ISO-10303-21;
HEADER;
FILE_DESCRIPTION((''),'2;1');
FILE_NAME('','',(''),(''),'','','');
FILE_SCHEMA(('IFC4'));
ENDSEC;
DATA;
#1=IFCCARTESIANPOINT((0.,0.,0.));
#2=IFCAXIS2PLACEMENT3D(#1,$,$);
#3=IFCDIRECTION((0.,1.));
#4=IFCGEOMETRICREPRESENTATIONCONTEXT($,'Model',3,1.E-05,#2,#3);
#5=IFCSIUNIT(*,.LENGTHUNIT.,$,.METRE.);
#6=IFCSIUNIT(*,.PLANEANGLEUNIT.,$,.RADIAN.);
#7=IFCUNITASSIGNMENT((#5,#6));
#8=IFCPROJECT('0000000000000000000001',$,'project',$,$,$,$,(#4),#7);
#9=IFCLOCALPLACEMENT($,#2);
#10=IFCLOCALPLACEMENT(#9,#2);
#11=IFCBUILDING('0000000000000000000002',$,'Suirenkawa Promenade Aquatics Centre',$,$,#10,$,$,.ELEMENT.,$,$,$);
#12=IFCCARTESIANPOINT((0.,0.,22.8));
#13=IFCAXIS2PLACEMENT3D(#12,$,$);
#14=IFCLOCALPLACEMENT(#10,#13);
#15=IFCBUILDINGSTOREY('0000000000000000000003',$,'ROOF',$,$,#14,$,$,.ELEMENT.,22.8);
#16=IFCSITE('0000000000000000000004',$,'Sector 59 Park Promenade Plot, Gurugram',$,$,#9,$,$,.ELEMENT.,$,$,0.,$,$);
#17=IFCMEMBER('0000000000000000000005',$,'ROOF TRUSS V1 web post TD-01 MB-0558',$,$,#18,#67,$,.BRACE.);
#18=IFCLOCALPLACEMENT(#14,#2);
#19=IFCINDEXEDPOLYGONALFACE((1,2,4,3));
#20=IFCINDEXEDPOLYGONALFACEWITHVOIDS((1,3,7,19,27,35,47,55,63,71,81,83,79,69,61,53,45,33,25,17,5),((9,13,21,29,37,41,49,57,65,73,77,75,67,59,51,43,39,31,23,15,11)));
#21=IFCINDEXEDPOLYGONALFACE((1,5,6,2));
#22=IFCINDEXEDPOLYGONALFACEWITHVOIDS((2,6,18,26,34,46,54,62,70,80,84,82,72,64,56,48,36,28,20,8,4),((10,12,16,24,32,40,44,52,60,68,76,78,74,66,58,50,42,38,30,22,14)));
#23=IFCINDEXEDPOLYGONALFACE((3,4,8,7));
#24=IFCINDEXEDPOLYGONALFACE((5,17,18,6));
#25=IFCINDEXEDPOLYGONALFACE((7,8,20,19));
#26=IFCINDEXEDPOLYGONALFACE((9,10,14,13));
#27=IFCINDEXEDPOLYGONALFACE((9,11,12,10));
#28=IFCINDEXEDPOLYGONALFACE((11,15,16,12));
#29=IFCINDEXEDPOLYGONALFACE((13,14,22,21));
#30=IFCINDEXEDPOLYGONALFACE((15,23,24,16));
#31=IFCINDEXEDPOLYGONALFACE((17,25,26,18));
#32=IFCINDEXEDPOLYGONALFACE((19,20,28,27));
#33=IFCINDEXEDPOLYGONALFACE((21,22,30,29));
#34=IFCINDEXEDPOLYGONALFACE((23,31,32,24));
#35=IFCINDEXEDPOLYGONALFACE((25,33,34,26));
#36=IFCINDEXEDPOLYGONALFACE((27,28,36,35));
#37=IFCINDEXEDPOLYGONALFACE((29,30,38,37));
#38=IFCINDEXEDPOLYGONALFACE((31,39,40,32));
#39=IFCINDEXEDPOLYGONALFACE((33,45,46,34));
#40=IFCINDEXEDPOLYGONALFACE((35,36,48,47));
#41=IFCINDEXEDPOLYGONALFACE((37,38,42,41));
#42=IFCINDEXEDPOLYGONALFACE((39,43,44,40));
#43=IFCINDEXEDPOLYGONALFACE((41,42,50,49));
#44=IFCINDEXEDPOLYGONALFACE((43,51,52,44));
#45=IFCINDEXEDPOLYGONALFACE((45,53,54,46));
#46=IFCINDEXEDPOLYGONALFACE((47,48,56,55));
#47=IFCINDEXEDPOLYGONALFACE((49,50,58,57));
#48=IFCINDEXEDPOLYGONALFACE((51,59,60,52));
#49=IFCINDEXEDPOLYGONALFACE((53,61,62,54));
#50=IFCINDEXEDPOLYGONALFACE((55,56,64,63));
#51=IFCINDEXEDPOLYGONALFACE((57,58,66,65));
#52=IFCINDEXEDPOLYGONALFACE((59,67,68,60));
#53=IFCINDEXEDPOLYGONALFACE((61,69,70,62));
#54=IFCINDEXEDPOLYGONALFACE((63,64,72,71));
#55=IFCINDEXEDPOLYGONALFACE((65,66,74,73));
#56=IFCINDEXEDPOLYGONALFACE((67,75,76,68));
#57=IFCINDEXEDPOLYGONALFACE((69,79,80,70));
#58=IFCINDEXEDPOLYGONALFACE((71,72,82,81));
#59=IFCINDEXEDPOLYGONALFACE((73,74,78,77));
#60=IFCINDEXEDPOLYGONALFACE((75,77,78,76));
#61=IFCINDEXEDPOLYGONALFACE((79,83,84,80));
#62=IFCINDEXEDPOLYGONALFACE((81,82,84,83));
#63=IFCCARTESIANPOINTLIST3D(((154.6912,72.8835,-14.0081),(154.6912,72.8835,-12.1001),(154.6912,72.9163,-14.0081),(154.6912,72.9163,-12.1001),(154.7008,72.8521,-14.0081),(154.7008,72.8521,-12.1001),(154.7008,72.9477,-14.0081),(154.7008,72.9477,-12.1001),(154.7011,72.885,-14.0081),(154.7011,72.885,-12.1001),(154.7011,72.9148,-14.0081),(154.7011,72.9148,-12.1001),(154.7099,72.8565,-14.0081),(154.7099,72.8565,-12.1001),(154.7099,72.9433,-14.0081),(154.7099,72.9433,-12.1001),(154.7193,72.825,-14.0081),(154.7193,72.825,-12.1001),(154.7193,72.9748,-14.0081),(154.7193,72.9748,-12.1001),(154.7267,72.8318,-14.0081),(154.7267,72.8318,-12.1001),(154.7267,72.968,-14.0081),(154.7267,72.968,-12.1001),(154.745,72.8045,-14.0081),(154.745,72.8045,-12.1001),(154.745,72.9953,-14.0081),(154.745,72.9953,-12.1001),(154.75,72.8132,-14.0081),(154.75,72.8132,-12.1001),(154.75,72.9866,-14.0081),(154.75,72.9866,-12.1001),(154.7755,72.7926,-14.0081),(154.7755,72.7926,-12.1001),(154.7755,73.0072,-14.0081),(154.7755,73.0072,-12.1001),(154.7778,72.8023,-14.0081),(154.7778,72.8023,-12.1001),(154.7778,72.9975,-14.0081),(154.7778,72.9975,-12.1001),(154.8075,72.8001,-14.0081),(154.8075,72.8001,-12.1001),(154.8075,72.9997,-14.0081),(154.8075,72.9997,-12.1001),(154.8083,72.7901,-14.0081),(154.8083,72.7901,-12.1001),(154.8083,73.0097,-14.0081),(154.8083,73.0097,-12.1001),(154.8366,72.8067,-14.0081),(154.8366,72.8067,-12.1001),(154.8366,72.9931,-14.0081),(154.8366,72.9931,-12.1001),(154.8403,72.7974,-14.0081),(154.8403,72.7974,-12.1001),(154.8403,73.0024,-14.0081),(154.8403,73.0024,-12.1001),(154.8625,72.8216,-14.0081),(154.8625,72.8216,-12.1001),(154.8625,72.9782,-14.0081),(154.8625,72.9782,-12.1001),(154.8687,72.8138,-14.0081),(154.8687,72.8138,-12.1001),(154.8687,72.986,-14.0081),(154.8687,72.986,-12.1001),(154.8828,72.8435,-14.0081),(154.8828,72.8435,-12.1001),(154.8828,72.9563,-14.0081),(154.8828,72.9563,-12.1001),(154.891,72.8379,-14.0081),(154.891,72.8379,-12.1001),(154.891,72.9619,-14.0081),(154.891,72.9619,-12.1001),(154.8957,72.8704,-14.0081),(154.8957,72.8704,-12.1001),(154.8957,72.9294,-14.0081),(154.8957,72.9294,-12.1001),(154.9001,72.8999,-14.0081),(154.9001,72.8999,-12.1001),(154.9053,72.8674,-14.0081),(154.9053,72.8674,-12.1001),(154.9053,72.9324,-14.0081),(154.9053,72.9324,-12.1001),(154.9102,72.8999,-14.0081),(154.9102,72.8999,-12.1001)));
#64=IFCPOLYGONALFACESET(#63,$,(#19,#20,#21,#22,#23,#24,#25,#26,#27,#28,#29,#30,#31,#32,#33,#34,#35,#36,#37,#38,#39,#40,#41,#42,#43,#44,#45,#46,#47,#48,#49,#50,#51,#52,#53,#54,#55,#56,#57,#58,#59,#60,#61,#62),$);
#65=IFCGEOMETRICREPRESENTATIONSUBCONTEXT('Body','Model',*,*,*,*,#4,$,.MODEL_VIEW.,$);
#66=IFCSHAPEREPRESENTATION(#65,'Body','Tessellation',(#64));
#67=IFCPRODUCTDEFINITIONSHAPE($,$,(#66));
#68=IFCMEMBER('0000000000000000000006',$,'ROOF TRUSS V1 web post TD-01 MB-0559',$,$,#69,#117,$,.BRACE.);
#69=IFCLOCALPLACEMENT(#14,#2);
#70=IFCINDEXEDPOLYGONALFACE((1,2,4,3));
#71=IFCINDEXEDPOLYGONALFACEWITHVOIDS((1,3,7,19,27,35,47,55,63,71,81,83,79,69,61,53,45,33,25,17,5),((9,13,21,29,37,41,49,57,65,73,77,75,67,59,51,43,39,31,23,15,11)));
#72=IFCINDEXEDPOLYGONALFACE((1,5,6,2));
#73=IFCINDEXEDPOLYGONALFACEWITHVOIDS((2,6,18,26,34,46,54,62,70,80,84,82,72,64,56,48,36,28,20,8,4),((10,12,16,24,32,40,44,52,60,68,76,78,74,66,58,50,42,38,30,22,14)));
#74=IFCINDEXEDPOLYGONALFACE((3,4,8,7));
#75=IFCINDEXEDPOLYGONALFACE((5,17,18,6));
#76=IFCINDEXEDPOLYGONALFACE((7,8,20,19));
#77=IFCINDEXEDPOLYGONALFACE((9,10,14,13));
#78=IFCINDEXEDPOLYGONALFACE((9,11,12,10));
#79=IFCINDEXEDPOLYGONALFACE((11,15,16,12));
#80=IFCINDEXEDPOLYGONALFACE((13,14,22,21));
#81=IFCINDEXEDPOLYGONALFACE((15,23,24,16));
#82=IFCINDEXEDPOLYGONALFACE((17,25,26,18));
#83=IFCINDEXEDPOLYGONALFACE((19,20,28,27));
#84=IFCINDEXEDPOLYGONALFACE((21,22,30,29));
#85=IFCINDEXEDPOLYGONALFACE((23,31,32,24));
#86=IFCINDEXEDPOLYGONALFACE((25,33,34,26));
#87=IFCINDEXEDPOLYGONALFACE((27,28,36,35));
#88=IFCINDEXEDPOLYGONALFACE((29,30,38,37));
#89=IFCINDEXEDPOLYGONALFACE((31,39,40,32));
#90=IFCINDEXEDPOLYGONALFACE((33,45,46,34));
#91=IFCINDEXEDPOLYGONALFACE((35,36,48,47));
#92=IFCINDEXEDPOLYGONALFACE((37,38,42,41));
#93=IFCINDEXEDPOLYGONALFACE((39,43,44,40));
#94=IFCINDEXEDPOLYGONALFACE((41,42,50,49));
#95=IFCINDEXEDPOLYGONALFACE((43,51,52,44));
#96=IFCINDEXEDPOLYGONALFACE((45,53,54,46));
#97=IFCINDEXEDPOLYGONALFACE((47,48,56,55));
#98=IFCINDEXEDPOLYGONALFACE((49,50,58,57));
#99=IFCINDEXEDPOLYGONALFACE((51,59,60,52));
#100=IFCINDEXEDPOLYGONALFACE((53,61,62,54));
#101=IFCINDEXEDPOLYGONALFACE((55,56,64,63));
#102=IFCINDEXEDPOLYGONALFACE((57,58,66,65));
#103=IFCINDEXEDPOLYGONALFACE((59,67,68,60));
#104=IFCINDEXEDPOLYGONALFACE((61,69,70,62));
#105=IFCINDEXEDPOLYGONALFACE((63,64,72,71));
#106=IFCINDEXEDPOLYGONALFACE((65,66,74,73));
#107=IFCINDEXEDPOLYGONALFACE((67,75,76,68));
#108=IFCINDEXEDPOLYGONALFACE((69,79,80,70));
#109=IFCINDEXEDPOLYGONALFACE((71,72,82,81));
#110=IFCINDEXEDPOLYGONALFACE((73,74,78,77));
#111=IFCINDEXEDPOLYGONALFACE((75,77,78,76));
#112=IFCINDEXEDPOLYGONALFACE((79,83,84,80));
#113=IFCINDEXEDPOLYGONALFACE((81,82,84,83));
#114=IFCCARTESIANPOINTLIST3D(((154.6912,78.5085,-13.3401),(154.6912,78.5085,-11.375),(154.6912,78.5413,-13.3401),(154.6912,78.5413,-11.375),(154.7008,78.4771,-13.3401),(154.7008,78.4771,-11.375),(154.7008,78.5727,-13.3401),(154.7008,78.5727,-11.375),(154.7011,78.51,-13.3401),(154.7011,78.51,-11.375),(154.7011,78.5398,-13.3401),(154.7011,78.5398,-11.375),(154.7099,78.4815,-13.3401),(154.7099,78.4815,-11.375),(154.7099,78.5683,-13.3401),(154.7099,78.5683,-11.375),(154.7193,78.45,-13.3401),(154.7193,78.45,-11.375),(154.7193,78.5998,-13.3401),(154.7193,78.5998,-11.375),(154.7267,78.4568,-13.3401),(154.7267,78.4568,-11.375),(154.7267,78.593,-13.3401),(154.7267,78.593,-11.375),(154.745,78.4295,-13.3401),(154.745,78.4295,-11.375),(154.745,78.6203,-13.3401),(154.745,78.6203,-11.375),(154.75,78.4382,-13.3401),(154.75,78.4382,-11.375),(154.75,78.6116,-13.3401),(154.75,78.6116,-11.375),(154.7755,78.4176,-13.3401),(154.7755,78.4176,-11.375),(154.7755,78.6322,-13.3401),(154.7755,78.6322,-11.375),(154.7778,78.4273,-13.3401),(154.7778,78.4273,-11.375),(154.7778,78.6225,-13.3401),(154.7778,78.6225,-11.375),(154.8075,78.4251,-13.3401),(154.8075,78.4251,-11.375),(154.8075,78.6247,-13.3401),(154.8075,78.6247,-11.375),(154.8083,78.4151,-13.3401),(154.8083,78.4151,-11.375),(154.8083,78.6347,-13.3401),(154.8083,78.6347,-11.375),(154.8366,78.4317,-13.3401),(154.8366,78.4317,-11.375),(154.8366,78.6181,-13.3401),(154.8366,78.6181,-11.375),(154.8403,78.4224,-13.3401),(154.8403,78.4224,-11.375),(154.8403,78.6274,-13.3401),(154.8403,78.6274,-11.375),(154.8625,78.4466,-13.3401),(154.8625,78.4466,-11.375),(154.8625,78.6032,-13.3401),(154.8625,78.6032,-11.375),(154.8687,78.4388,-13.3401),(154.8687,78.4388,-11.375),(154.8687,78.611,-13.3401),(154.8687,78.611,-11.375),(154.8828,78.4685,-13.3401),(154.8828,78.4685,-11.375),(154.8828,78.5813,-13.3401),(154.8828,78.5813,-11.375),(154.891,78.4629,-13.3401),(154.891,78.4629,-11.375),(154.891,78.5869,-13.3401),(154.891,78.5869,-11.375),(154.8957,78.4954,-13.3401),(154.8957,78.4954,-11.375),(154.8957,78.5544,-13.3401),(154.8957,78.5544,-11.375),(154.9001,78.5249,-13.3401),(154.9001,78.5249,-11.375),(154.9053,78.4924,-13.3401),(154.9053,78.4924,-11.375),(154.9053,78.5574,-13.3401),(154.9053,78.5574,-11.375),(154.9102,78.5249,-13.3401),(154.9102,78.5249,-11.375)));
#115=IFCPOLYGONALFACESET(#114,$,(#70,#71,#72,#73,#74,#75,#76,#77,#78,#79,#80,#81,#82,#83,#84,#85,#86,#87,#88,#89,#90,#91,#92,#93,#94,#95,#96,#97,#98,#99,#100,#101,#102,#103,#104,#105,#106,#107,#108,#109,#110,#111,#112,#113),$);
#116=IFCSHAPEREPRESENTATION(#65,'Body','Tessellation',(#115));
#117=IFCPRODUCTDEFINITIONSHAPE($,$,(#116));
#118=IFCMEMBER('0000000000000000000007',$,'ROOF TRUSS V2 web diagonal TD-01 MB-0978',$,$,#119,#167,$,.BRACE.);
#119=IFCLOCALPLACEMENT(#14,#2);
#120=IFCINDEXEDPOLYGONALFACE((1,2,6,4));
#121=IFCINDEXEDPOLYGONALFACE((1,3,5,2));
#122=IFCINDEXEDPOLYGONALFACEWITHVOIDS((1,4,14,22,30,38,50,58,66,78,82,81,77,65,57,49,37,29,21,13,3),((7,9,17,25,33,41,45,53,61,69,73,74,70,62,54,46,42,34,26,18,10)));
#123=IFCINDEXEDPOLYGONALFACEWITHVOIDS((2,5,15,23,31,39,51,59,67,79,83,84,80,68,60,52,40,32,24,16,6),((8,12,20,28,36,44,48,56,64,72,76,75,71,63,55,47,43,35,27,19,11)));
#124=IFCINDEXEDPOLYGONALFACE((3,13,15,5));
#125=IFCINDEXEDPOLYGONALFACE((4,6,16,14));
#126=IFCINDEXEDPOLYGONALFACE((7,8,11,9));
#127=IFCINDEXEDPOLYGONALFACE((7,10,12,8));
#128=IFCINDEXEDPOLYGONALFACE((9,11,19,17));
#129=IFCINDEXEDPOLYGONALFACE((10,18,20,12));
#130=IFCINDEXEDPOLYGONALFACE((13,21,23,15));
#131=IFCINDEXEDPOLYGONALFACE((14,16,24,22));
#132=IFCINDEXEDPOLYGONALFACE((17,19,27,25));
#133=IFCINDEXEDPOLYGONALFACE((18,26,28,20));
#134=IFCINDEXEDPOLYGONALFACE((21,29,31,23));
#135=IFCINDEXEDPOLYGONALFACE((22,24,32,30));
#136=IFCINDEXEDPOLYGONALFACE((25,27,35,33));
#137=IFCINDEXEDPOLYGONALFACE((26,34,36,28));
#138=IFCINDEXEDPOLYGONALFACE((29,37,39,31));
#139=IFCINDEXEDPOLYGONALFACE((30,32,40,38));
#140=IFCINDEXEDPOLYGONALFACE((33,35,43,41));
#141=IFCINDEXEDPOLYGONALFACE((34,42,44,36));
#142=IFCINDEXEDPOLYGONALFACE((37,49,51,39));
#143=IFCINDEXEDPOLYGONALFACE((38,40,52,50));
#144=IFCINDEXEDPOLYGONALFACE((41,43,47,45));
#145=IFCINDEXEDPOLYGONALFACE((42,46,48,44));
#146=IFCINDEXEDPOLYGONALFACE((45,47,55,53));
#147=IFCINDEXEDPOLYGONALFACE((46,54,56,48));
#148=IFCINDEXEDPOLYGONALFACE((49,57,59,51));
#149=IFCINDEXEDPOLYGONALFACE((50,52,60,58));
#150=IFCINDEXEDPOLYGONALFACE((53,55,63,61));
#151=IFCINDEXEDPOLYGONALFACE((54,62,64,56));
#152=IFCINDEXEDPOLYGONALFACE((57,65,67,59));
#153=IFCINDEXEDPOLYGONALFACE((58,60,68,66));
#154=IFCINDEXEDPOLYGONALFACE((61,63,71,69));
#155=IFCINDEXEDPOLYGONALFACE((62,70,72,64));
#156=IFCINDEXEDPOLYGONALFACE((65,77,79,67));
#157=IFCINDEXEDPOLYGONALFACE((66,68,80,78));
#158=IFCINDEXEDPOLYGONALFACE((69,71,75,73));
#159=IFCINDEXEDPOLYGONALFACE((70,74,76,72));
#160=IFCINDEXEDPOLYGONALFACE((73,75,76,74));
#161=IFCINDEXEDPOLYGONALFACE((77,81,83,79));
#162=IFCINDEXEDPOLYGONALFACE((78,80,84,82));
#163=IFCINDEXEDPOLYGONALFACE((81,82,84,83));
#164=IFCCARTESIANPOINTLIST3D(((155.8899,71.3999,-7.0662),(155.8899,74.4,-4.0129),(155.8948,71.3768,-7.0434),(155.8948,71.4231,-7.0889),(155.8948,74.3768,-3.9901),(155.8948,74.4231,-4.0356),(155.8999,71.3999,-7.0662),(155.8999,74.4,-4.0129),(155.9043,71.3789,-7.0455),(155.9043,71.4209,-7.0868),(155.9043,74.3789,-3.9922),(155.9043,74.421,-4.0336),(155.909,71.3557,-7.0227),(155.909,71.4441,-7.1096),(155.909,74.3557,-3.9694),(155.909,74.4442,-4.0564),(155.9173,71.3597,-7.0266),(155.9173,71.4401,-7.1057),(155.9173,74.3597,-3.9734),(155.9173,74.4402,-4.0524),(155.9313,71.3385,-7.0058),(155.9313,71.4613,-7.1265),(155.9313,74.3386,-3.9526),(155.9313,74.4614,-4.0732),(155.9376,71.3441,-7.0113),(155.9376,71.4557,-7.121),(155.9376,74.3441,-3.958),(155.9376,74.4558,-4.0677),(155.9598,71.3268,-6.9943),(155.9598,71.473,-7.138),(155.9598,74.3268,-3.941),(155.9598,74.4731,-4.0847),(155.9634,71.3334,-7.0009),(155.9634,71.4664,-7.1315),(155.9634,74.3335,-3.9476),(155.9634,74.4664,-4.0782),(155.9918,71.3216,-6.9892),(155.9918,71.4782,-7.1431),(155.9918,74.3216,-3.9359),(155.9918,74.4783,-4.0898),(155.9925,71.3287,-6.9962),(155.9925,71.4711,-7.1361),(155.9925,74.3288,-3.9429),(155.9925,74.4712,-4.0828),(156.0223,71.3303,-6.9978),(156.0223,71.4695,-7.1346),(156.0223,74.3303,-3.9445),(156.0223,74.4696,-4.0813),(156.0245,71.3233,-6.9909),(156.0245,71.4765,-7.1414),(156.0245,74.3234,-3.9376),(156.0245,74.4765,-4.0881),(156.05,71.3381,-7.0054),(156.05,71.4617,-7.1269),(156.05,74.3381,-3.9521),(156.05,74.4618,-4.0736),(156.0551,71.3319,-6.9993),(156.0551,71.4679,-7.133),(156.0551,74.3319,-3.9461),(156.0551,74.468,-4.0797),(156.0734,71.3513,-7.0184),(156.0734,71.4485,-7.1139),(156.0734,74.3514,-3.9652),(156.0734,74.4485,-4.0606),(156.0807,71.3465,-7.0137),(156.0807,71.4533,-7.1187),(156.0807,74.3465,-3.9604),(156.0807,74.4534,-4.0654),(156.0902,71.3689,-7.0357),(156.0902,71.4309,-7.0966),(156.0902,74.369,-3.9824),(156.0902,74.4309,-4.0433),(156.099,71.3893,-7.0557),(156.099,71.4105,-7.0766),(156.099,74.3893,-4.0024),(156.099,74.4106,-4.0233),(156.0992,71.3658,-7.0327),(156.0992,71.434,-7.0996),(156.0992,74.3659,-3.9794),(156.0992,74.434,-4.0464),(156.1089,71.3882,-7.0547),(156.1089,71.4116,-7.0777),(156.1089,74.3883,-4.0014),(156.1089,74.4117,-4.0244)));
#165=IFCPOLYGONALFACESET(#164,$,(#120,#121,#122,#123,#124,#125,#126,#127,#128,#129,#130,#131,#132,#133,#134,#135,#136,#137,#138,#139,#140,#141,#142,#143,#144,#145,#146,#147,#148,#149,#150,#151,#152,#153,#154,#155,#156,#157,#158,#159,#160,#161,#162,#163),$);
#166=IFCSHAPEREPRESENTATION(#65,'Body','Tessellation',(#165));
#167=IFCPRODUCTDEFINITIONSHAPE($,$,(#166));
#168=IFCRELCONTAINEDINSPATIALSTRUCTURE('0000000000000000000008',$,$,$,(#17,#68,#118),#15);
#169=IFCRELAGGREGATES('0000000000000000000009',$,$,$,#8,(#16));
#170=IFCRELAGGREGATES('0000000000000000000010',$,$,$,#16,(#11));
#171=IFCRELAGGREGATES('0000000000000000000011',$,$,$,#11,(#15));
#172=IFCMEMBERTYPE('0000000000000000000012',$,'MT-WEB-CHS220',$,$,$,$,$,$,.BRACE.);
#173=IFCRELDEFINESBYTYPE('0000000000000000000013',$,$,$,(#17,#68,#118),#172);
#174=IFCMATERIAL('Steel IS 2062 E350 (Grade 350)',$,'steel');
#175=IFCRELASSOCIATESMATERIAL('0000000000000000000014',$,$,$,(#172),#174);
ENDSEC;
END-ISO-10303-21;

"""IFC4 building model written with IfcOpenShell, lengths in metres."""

from ifc_helpers import new_model, si_unit, direction, frame, origin, origin_2d, place, context, subcontext, project, spatial, hollow_circle, extrude, material, material_profile, profile_set, type_object, element, save


model = new_model("IFC4")

# Units and contexts
model_context = context("Model", 3, precision=1e-05, world=origin(), true_north=direction((0.0, 1.0)))
body_context = subcontext(model_context, "Body", "Model", "MODEL_VIEW")
ifc_project = project(units=[si_unit("LENGTHUNIT", "METRE"), si_unit("PLANEANGLEUNIT", "RADIAN")], contexts=[model_context])

# Site, building, storey
site_placement = place(None, origin())
site = spatial("IfcSite", under=ifc_project, at=site_placement, Name="Sector 59 Park Promenade Plot, Gurugram", CompositionType="ELEMENT", RefElevation=0.0)
building_placement = place(site_placement, origin())
building = spatial("IfcBuilding", under=site, at=building_placement, Name="Suirenkawa Promenade Aquatics Centre", CompositionType="ELEMENT")
storey_placement = place(building_placement, frame((0.0, 0.0, 22.8)))
storey = spatial("IfcBuildingStorey", under=building, at=storey_placement, Name="ROOF", CompositionType="ELEMENT", Elevation=22.8)

# Shared definitions
ifc_material = material(Name="Steel IS 2062 E350 (Grade 350)", Category="steel")

# Members
ifc_material_profile_1 = material_profile(ifc_material, hollow_circle(Radius=0.1101, WallThickness=0.01, at=origin_2d()), Name="CHS 220x10", Category="steel")
ifc_profile_set_1 = profile_set([ifc_material_profile_1], Name="Steel IS 2062 E350 (Grade 350)")
member_type_1 = type_object("IfcMemberType", Name="MT-WEB-CHS220", PredefinedType="BRACE", material=ifc_profile_set_1)
member_1_placement = place(storey_placement, frame((154.8, 72.8999, -14.0081), z_axis=(0.0, 0.0, 1.0), x_axis=(1.0, 0.0, 0.0)))
element("IfcMember", 1, at=member_1_placement, inside=storey, type_object=member_type_1, Name="ROOF TRUSS V1 web post TD-01 MB-0558", PredefinedType="BRACE", context=body_context, shape_type="SweptSolid", body=[
    extrude(hollow_circle(Radius=0.1101, WallThickness=0.01, at=origin_2d()), origin(), (0.0, 0.0, 1.0), 1.908),
])
member_2_placement = place(storey_placement, frame((154.8, 78.5249, -13.3401), z_axis=(0.0, 0.0, 1.0), x_axis=(1.0, 0.0, 0.0)))
element("IfcMember", 2, at=member_2_placement, inside=storey, type_object=member_type_1, Name="ROOF TRUSS V1 web post TD-01 MB-0559", PredefinedType="BRACE", context=body_context, shape_type="SweptSolid", body=[
    extrude(hollow_circle(Radius=0.1101, WallThickness=0.01, at=origin_2d()), origin(), (0.0, 0.0, 1.0), 1.9651),
])
member_3_placement = place(storey_placement, frame((156.0, 71.3999, -7.0662), z_axis=(0.0, 0.700862, 0.713296), x_axis=(-1.0, 0.0, 0.0)))
element("IfcMember", 3, at=member_3_placement, inside=storey, type_object=member_type_1, Name="ROOF TRUSS V2 web diagonal TD-01 MB-0978", PredefinedType="BRACE", context=body_context, shape_type="SweptSolid", body=[
    extrude(hollow_circle(Radius=0.1101, WallThickness=0.01, at=origin_2d()), origin(), (0.0, 0.0, 1.0), 4.2805),
])

save(model, "model.ifc")
